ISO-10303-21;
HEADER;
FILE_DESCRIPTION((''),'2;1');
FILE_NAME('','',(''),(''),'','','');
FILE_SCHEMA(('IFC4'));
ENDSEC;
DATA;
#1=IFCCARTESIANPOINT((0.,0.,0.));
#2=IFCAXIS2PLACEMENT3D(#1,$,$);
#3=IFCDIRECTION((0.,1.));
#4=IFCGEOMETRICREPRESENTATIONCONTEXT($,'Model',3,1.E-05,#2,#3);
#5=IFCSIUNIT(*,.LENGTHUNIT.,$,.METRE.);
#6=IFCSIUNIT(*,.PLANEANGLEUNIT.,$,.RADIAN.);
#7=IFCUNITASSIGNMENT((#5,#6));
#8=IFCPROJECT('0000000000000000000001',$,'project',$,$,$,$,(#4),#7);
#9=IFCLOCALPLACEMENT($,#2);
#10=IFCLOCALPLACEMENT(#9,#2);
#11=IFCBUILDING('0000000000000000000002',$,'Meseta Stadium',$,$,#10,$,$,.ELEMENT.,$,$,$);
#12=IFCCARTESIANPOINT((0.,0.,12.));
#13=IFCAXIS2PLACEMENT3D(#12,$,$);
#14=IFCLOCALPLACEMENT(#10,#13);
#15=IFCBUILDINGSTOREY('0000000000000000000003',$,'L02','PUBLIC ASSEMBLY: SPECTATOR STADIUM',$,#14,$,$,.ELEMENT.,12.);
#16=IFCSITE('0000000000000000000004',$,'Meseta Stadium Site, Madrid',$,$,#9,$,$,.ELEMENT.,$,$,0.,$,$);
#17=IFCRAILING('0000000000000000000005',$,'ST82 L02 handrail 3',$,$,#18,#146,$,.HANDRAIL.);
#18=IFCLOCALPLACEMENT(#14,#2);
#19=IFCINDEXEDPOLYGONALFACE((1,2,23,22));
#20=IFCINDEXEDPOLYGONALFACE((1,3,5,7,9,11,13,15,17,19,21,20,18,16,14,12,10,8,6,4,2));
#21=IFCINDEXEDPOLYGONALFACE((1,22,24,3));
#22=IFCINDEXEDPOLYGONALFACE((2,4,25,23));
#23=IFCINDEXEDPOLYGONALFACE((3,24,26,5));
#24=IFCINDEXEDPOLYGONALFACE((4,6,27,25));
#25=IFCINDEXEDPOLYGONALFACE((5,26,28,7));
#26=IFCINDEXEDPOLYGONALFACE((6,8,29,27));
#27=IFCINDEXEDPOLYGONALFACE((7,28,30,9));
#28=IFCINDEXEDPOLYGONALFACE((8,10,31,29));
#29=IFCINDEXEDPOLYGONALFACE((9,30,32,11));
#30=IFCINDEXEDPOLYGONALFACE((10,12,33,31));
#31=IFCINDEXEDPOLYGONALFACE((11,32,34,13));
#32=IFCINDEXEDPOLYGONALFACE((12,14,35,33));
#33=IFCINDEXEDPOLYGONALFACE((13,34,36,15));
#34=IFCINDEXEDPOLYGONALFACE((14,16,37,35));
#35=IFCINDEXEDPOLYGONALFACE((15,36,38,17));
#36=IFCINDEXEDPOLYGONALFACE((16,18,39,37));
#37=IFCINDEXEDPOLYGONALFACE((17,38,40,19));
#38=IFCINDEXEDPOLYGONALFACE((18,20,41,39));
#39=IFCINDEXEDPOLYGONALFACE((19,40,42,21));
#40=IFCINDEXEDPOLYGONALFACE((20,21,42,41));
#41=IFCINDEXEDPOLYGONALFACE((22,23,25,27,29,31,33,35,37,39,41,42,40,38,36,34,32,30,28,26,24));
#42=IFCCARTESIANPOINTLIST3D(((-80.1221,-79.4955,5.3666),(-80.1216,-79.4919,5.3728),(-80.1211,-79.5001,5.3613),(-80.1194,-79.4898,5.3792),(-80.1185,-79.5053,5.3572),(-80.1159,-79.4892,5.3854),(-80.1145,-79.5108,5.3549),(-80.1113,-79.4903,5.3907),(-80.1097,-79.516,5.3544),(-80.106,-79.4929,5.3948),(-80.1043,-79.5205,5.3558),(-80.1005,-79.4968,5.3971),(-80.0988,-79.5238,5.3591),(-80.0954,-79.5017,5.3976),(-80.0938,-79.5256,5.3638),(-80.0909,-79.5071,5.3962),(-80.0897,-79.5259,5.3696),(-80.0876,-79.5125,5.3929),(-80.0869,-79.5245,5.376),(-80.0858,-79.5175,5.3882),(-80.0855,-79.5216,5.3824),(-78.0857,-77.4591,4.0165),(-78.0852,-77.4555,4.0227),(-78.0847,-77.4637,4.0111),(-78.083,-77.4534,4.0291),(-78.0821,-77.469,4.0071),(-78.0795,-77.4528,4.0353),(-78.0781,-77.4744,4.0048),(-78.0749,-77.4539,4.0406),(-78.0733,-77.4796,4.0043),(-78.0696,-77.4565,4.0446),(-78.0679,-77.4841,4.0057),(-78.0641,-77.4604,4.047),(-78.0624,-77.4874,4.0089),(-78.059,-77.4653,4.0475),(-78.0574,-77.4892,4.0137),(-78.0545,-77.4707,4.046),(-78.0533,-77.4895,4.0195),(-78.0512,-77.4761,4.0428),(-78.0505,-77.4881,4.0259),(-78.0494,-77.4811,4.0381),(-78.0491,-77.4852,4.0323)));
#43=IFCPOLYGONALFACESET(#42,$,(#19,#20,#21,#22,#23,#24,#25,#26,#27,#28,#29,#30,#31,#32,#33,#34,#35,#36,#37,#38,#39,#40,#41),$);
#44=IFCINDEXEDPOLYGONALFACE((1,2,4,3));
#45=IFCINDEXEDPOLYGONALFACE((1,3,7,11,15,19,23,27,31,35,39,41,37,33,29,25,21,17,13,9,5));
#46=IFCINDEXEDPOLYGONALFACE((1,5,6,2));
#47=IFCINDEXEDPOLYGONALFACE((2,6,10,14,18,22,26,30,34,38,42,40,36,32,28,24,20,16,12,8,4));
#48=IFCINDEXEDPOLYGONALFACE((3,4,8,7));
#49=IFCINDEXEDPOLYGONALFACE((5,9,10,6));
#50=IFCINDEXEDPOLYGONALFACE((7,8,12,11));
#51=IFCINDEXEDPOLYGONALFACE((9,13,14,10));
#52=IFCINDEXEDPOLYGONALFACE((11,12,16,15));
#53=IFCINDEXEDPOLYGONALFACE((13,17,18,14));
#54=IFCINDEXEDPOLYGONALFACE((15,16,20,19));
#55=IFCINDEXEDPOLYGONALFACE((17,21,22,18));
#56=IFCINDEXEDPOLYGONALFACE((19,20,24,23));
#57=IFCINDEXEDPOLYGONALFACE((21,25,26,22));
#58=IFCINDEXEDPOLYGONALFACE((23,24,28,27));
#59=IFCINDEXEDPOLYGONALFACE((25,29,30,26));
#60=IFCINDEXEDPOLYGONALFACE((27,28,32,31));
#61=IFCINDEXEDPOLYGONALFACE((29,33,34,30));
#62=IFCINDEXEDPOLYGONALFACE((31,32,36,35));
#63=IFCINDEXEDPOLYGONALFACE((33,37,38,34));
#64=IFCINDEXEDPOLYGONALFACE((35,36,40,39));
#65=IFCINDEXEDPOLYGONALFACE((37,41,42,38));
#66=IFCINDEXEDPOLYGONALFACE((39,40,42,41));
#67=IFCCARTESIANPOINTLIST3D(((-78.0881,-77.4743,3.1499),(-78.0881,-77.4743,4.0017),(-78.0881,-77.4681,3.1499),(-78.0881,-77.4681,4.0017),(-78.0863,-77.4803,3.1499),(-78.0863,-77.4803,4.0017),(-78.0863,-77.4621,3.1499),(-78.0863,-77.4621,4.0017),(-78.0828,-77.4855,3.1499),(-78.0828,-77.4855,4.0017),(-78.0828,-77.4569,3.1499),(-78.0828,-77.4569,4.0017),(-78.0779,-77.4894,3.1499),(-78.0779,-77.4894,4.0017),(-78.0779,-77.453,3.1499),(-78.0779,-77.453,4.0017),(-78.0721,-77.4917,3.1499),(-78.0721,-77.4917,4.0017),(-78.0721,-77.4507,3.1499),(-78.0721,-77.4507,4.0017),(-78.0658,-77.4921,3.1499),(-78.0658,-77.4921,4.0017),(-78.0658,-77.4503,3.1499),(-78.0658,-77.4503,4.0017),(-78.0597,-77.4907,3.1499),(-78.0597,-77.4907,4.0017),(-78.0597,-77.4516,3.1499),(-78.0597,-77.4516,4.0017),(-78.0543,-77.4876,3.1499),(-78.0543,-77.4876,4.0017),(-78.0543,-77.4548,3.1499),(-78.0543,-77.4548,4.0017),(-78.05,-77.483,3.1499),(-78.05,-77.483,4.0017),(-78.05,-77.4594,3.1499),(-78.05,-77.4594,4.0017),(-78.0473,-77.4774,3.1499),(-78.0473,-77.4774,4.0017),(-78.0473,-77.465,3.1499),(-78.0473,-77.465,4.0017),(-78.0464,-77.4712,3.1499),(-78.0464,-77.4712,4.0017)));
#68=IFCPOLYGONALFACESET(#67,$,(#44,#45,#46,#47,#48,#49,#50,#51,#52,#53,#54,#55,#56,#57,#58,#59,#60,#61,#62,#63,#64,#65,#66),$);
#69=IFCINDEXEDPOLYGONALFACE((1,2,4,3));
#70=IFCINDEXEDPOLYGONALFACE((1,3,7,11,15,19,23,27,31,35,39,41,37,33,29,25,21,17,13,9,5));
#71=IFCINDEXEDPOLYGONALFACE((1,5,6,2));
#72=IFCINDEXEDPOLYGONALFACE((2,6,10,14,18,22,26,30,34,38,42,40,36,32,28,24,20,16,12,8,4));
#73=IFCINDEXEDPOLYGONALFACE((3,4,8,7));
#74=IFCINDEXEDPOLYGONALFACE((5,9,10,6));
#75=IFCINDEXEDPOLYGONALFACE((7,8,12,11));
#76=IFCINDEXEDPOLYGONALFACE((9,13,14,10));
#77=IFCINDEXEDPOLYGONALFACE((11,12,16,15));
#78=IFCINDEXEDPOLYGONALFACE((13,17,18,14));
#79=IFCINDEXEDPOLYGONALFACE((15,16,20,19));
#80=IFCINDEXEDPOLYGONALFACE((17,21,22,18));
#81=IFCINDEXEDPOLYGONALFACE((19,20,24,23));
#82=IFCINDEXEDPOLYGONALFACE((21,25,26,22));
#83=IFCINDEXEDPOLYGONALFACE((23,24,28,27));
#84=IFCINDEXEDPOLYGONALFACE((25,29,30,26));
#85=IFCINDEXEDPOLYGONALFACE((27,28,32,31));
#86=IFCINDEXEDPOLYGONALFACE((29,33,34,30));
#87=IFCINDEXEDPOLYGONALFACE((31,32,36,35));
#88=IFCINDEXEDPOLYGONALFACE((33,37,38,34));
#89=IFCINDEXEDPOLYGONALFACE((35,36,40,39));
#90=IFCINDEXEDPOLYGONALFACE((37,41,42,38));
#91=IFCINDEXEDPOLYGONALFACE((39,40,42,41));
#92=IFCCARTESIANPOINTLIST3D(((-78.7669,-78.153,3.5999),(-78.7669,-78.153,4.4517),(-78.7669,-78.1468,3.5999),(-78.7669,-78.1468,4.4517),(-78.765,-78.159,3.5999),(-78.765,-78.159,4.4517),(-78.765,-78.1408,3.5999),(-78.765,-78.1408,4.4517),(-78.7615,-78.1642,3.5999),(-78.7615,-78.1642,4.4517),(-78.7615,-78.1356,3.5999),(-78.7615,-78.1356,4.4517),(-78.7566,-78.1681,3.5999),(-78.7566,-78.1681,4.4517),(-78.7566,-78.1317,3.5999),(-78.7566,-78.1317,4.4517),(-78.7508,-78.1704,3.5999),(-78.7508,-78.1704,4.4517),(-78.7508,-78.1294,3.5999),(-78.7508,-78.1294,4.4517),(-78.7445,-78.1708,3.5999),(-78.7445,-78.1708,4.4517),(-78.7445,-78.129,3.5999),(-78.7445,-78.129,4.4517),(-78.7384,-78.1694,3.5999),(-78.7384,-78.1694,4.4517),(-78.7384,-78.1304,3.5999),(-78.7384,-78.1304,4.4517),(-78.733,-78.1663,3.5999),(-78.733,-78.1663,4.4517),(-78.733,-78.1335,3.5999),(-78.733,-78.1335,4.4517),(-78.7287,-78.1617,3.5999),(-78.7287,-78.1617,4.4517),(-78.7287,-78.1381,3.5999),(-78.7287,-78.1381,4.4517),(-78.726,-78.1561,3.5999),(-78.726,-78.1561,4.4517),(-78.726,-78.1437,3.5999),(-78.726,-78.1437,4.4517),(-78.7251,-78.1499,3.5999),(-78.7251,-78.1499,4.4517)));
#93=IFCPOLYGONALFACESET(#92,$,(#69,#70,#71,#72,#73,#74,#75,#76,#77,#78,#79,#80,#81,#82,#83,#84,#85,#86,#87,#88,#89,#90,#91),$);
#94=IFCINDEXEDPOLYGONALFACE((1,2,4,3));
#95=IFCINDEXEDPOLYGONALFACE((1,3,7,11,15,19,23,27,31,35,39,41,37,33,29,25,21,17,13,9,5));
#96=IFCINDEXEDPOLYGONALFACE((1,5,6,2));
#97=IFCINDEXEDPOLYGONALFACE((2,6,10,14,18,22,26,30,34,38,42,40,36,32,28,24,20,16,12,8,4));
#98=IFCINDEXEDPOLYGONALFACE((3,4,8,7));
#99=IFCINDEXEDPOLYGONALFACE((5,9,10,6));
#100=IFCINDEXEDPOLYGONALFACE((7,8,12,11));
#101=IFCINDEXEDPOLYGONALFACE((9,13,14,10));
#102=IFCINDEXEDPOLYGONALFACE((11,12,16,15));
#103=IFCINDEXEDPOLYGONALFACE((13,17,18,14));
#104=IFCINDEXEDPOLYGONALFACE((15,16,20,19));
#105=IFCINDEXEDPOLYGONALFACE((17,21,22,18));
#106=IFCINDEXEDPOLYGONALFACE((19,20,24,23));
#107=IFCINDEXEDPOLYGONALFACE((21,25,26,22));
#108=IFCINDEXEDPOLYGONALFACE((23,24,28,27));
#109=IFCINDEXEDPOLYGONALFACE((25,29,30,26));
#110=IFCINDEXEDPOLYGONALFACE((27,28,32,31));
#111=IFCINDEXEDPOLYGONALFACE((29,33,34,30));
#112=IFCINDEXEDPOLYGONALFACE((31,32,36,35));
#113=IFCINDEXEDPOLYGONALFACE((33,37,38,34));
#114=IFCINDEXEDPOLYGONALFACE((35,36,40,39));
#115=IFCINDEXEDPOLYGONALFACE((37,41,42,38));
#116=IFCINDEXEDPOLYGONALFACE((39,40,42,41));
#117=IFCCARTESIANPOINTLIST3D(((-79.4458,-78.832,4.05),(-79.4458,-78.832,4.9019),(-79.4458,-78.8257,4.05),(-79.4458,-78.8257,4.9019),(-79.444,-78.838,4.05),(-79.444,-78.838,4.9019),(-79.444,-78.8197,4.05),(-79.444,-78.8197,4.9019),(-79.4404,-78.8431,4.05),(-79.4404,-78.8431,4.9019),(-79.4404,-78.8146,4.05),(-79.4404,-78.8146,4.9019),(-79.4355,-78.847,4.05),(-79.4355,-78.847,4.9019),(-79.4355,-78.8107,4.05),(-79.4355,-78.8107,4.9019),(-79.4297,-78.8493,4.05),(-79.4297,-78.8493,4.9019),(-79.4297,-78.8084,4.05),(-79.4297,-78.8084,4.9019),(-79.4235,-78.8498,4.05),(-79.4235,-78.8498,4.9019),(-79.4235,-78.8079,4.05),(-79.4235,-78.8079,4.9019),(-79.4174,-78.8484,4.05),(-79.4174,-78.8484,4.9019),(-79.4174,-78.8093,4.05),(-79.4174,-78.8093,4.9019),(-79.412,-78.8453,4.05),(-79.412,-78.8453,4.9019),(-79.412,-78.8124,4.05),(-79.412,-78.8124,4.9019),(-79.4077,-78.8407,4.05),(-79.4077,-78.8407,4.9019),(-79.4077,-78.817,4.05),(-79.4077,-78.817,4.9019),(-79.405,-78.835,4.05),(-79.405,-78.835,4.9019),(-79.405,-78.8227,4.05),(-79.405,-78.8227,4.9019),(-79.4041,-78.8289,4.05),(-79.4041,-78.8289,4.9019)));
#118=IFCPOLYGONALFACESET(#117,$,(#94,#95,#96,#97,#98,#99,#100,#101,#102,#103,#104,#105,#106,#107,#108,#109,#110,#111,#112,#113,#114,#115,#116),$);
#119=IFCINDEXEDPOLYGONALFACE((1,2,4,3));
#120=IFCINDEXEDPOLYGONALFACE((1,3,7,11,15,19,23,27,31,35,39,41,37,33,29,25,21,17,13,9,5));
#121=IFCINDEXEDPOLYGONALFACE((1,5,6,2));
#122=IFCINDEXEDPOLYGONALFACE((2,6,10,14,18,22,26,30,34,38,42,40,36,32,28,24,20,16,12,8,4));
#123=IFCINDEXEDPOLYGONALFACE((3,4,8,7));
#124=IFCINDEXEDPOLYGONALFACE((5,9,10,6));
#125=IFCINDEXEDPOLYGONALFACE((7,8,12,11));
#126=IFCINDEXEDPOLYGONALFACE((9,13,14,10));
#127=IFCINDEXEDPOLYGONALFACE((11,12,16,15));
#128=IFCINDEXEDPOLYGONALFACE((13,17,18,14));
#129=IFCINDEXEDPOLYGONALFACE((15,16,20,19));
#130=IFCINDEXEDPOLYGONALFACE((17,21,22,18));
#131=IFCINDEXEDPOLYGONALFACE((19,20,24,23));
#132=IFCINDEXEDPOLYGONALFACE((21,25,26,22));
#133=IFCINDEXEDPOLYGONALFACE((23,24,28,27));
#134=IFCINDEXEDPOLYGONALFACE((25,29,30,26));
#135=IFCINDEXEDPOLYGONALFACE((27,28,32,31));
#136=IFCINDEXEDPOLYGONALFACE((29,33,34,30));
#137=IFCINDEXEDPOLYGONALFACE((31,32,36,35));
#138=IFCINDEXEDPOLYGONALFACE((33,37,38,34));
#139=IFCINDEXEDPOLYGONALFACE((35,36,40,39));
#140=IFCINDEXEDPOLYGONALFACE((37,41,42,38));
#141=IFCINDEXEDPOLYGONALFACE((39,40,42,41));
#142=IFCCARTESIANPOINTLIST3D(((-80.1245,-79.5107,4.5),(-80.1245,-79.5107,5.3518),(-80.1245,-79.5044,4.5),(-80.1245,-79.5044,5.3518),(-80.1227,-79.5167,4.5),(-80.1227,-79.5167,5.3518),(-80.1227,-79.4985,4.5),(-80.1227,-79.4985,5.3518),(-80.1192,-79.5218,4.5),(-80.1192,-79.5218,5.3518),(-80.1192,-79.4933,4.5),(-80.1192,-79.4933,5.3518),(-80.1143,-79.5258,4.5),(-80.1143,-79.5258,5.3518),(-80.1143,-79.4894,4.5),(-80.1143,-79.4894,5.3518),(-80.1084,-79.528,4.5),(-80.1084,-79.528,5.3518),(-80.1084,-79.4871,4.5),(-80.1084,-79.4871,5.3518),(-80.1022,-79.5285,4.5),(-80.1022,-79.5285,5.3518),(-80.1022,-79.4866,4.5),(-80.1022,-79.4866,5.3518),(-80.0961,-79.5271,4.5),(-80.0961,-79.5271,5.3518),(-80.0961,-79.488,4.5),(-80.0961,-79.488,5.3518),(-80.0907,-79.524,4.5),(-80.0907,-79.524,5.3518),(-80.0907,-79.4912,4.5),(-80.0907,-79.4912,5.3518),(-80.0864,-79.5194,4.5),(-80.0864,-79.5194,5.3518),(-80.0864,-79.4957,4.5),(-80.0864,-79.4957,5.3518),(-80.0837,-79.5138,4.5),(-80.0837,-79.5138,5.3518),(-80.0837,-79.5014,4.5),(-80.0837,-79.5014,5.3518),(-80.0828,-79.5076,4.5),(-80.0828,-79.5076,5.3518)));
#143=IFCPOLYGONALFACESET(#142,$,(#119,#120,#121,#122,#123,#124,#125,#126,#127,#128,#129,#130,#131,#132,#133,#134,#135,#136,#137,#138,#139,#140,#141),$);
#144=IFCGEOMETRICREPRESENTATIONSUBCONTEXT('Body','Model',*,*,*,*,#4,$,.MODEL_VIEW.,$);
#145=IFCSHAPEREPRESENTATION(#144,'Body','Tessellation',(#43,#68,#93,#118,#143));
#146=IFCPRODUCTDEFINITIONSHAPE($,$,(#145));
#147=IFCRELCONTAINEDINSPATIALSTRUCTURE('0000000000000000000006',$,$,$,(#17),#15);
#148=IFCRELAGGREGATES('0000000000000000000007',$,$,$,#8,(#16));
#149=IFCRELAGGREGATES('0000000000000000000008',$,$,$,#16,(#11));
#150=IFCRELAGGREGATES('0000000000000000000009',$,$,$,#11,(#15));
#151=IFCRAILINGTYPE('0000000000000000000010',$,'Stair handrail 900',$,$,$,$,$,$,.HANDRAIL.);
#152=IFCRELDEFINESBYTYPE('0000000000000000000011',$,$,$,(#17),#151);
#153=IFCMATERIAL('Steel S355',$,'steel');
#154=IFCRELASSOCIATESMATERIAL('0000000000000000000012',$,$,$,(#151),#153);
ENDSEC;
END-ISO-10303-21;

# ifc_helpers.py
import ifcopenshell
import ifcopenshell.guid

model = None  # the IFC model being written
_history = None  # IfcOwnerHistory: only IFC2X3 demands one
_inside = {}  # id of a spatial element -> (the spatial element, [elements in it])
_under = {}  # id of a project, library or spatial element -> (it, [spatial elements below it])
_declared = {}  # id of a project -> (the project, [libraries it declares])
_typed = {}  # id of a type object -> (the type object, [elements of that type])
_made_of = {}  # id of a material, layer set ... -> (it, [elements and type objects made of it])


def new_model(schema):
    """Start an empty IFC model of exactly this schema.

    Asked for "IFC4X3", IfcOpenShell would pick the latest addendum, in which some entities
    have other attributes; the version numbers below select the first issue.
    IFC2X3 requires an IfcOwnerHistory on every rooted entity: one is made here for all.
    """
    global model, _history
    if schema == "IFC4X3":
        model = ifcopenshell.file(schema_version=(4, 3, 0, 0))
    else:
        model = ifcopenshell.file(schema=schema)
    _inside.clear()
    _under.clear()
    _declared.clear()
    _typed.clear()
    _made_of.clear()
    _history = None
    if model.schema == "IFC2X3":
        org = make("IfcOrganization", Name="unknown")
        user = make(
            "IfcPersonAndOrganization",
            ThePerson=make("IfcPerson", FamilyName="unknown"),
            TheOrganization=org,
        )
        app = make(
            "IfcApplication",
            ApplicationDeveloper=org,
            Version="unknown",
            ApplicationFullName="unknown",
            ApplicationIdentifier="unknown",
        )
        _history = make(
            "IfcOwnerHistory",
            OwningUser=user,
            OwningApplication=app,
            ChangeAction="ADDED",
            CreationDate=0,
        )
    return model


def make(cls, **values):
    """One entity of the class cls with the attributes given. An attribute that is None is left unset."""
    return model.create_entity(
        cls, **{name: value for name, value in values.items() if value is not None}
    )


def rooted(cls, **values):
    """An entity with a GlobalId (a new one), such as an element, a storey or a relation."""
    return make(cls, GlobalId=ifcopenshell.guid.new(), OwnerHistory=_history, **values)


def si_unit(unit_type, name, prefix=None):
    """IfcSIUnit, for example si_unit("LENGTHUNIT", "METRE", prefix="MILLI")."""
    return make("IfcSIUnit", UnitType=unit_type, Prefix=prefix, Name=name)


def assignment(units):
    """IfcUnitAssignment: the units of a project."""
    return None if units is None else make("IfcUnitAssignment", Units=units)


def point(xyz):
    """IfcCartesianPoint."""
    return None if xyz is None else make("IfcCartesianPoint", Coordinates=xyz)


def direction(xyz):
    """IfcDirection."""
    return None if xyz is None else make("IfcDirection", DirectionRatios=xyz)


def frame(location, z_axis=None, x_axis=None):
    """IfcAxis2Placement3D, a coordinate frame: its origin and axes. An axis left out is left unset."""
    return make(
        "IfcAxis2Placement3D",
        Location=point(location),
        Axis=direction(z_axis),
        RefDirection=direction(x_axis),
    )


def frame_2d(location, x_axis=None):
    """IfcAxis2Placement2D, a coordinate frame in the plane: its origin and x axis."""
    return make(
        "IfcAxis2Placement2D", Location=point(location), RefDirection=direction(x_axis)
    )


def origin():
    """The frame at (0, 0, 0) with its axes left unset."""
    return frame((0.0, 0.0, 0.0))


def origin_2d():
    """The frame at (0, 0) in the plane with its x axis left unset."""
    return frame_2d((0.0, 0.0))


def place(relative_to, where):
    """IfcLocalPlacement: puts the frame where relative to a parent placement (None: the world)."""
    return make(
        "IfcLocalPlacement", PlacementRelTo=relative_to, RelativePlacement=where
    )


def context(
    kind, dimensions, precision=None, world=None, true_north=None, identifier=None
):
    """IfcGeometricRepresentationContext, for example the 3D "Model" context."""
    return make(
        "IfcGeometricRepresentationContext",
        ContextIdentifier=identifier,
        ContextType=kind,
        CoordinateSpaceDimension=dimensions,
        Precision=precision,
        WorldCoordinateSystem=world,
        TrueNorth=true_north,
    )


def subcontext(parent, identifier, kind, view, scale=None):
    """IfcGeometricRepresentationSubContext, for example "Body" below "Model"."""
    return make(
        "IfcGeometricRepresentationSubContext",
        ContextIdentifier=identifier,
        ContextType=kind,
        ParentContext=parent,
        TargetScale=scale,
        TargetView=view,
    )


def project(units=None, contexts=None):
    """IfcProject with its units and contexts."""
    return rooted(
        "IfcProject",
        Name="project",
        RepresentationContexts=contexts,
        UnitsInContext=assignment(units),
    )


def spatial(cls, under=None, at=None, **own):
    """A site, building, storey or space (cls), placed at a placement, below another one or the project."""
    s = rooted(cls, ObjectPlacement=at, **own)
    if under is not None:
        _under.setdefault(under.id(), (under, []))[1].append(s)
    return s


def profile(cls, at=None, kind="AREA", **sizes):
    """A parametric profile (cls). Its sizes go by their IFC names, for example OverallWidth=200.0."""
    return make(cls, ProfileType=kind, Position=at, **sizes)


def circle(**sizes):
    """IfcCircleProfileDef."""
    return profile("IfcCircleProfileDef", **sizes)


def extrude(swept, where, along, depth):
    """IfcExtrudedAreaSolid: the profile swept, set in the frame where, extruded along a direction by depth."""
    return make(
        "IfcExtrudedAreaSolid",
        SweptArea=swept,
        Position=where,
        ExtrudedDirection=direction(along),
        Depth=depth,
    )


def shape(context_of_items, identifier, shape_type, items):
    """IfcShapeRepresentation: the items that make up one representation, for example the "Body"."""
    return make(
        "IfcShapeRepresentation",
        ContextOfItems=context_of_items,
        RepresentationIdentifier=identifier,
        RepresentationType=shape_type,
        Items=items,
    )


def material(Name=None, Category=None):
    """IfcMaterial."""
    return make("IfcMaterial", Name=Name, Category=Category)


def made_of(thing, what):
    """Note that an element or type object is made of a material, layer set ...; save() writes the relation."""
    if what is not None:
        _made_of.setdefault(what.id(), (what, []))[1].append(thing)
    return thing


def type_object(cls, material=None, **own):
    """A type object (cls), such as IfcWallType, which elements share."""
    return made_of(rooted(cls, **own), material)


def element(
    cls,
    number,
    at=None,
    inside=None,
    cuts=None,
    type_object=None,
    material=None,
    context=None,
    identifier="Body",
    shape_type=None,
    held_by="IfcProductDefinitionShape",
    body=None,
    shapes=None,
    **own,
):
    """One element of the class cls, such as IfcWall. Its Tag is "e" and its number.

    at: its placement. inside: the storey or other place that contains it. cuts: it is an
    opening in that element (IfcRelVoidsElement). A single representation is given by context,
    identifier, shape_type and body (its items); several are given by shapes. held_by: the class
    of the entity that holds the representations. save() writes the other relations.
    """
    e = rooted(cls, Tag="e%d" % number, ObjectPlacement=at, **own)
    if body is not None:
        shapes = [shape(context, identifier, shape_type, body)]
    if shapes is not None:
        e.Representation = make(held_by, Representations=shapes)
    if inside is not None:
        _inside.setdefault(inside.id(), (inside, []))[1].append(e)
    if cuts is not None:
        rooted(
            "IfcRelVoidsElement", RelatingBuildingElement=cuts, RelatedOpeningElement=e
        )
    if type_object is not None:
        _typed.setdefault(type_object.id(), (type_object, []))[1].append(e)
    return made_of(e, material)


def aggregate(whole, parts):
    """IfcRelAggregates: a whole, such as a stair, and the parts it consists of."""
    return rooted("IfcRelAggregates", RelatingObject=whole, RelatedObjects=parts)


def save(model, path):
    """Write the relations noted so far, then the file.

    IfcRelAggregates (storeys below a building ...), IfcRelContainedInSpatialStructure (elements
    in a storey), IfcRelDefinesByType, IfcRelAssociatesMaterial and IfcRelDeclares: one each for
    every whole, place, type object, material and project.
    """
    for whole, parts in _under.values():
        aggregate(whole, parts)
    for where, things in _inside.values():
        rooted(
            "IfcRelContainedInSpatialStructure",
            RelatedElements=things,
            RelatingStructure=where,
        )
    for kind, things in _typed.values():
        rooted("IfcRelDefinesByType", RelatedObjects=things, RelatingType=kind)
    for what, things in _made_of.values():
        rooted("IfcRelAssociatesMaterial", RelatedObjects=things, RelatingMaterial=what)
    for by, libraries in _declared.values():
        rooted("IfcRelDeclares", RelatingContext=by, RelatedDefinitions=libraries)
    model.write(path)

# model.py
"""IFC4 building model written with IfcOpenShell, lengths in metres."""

from ifc_helpers import new_model, si_unit, direction, frame, origin, origin_2d, place, context, subcontext, project, spatial, circle, extrude, material, type_object, element, save


model = new_model("IFC4")

# Units and contexts
model_context = context("Model", 3, precision=1e-05, world=origin(), true_north=direction((0.0, 1.0)))
body_context = subcontext(model_context, "Body", "Model", "MODEL_VIEW")
ifc_project = project(units=[si_unit("LENGTHUNIT", "METRE"), si_unit("PLANEANGLEUNIT", "RADIAN")], contexts=[model_context])

# Site, building, storey
site_placement = place(None, origin())
site = spatial("IfcSite", under=ifc_project, at=site_placement, Name="Meseta Stadium Site, Madrid", CompositionType="ELEMENT", RefElevation=0.0)
building_placement = place(site_placement, origin())
building = spatial("IfcBuilding", under=site, at=building_placement, Name="Meseta Stadium", CompositionType="ELEMENT")
storey_placement = place(building_placement, frame((0.0, 0.0, 12.0)))
storey = spatial("IfcBuildingStorey", under=building, at=storey_placement, Name="L02", Description="PUBLIC ASSEMBLY: SPECTATOR STADIUM", CompositionType="ELEMENT", Elevation=12.0)

# Railing
ifc_material_1 = material(Name="Steel S355", Category="steel")
railing_type_1 = type_object("IfcRailingType", Name="Stair handrail 900", PredefinedType="HANDRAIL", material=ifc_material_1)
railing_1_placement = place(storey_placement, frame((-78.0674, -77.4712, 3.1499)))
element("IfcRailing", 1, at=railing_1_placement, inside=storey, type_object=railing_type_1, Name="ST82 L02 handrail 3", PredefinedType="HANDRAIL", context=body_context, shape_type="SweptSolid", body=[
    extrude(circle(Radius=0.0239, at=origin_2d()), frame((0.0, 0.0, 0.876), z_axis=(-0.640243, -0.640243, 0.424475), x_axis=(0.707107, -0.707107, 0.0)), (0.0, 0.0, 1.0), 3.1807),
    extrude(circle(Radius=0.021, at=origin_2d()), origin(), (0.0, 0.0, 1.0), 0.8518),
    extrude(circle(Radius=0.021, at=origin_2d()), frame((-0.6787, -0.6787, 0.45)), (0.0, 0.0, 1.0), 0.8518),
    extrude(circle(Radius=0.021, at=origin_2d()), frame((-1.3577, -1.3577, 0.9001)), (0.0, 0.0, 1.0), 0.8518),
    extrude(circle(Radius=0.021, at=origin_2d()), frame((-2.0364, -2.0364, 1.3501)), (0.0, 0.0, 1.0), 0.8518),
])

save(model, "model.ifc")
